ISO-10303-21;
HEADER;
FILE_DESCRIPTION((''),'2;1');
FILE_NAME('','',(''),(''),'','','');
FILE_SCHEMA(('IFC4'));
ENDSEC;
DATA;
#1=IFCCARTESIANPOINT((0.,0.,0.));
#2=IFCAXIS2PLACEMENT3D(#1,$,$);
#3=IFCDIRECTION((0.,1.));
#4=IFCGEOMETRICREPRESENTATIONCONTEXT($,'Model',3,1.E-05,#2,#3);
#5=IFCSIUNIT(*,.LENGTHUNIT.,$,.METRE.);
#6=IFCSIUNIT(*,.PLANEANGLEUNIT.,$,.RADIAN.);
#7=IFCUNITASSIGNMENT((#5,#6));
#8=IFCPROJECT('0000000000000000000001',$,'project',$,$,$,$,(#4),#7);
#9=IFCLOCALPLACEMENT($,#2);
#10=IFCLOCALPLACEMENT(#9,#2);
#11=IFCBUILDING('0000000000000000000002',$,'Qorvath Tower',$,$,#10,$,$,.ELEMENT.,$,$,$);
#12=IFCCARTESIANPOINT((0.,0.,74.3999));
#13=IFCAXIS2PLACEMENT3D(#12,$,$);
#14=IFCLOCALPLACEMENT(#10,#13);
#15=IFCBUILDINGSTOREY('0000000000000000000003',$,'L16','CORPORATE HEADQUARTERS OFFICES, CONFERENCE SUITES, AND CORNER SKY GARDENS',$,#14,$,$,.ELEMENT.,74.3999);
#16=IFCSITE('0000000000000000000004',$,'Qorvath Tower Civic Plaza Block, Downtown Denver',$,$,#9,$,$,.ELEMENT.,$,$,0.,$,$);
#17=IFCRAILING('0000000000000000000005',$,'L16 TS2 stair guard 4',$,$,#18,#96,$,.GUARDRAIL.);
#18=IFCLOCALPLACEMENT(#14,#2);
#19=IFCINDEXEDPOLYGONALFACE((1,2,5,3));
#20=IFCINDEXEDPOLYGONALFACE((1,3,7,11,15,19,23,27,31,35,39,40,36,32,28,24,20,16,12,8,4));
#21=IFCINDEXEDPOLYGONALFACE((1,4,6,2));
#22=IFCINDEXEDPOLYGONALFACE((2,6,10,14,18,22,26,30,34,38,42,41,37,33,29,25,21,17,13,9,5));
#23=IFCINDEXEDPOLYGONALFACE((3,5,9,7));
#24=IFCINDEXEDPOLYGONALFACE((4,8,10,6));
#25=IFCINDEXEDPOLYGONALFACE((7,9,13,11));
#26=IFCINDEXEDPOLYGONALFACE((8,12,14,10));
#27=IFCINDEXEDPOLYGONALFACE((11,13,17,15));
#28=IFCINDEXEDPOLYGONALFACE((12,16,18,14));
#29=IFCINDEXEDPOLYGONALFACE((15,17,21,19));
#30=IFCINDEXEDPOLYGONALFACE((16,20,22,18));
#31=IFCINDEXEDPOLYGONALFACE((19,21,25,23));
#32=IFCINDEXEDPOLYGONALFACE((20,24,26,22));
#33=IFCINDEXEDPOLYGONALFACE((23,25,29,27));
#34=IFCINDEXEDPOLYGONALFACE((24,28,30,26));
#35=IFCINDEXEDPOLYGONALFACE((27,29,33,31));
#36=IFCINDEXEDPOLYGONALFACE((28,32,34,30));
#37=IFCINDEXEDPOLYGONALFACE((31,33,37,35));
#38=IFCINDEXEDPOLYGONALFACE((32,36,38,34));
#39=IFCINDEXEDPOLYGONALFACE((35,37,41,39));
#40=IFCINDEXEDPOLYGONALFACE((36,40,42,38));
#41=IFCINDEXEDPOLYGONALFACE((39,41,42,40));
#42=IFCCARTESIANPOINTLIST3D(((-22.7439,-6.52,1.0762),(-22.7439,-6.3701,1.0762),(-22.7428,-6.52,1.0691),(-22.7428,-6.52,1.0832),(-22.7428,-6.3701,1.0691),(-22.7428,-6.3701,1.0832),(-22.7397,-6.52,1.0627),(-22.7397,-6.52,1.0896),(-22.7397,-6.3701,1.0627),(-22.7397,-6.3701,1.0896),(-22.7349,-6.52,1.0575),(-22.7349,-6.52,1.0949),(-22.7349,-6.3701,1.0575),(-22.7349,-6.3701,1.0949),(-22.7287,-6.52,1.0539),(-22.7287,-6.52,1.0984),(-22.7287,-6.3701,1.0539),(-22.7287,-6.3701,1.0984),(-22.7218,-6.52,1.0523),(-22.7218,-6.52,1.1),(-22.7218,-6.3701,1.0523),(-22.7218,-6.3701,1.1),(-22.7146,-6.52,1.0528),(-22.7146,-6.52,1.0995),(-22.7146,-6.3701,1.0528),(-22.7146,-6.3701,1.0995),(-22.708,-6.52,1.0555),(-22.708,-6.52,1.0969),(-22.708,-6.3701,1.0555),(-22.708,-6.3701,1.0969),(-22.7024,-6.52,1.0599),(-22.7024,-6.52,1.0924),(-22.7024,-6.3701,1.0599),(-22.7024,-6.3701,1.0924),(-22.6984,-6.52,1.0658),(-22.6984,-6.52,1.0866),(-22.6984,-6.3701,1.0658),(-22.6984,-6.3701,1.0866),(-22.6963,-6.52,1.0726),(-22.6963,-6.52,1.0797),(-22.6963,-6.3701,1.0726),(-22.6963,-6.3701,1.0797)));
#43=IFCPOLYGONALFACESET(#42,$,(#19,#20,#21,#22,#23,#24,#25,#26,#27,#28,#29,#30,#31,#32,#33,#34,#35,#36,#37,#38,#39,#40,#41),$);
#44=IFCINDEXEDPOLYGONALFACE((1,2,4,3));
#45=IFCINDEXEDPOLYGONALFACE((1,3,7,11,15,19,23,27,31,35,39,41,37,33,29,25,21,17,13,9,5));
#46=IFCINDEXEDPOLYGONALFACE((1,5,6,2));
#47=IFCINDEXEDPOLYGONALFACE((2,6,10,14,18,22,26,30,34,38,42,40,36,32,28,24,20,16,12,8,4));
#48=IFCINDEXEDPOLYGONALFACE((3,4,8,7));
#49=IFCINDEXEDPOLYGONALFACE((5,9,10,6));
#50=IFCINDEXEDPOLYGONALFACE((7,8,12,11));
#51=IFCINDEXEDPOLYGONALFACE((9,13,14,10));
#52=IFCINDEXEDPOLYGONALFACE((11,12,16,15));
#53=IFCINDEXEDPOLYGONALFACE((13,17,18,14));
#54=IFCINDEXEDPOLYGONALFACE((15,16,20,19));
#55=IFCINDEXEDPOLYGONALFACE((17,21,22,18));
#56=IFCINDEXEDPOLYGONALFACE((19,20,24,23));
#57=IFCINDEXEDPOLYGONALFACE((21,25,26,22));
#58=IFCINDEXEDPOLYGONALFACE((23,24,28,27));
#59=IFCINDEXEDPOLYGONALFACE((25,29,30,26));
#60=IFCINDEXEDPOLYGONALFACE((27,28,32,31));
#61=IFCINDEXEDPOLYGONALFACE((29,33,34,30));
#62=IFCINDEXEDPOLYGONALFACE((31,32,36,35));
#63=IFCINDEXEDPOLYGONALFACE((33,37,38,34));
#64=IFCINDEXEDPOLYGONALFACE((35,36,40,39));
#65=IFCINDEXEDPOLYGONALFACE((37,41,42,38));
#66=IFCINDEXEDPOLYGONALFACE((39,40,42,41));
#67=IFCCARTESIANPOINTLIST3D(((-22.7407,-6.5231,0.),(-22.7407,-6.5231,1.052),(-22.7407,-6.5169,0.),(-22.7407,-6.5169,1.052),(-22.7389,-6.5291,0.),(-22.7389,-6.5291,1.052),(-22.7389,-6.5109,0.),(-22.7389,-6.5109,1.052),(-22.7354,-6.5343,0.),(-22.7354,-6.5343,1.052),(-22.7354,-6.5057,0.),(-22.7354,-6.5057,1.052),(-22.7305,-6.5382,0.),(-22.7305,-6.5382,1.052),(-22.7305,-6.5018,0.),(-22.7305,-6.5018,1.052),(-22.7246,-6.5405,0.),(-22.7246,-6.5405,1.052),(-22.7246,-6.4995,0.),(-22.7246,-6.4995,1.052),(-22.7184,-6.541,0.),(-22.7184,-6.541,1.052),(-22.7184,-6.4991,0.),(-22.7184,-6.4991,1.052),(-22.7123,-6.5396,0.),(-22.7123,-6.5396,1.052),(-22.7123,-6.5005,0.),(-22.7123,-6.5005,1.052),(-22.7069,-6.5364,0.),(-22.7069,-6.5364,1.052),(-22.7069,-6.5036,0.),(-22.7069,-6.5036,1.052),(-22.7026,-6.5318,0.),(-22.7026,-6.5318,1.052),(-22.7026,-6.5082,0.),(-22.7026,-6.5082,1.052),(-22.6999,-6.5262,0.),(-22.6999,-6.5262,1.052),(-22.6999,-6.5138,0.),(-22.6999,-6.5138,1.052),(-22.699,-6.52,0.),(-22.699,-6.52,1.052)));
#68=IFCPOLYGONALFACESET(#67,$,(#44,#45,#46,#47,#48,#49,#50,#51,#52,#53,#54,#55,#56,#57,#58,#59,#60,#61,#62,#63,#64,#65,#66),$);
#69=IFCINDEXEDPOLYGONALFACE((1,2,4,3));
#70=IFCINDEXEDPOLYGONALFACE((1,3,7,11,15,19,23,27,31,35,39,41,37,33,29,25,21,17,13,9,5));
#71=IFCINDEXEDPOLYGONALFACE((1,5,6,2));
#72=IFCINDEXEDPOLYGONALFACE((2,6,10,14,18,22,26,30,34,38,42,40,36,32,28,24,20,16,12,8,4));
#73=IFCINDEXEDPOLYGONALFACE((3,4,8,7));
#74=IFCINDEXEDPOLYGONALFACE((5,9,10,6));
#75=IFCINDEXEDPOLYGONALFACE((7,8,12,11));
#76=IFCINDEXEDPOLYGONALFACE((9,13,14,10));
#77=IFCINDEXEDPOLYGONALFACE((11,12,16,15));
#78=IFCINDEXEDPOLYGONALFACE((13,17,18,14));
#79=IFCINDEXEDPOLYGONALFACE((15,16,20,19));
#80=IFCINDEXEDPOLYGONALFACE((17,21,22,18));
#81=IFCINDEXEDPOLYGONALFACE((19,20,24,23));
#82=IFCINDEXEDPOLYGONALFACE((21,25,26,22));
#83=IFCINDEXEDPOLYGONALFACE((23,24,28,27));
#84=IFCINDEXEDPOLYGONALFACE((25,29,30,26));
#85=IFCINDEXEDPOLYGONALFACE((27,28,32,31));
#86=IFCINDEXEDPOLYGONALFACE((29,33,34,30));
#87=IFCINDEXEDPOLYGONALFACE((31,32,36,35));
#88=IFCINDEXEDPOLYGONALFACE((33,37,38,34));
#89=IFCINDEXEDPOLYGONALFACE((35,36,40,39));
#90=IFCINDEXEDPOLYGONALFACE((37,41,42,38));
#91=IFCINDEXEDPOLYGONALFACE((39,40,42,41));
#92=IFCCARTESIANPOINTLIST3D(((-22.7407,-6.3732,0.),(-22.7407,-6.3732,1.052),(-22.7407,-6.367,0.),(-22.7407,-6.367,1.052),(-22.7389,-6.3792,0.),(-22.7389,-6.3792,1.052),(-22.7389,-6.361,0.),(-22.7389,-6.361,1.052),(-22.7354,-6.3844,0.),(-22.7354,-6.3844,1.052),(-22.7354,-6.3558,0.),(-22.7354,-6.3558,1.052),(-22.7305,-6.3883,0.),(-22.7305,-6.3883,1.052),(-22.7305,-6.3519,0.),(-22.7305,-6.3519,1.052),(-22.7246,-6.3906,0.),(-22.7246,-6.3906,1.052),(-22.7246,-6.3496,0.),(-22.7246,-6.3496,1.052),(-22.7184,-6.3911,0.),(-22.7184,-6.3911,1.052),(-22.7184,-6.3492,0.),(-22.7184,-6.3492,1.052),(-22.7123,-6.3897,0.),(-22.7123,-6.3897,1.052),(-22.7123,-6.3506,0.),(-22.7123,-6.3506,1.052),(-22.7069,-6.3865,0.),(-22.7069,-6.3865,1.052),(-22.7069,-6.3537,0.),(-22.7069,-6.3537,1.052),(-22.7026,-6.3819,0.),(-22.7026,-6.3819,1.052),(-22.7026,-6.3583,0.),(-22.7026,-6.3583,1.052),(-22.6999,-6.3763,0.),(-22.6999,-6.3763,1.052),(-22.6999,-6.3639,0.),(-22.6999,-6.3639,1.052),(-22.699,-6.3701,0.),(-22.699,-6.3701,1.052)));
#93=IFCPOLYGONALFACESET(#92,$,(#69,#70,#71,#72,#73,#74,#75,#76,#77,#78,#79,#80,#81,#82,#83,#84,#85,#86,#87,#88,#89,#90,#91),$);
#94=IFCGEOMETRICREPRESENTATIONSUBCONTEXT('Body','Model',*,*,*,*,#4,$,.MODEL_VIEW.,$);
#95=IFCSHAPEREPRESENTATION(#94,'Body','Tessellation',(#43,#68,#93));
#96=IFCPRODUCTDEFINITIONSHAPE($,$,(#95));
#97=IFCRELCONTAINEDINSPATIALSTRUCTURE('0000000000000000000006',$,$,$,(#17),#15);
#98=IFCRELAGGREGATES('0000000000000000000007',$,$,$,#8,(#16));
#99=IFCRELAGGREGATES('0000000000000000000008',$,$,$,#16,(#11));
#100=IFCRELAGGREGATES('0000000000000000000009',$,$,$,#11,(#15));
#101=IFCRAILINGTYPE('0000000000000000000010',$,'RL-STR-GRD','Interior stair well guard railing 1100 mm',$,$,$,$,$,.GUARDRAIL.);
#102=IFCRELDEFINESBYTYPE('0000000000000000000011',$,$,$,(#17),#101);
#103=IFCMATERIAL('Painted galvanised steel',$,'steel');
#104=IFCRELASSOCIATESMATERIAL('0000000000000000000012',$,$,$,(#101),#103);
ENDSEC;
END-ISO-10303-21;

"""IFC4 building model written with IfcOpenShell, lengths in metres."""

from ifc_helpers import new_model, si_unit, direction, frame, origin, origin_2d, place, context, subcontext, project, spatial, circle, extrude, material, type_object, element, save


model = new_model("IFC4")

# Units and contexts
model_context = context("Model", 3, precision=1e-05, world=origin(), true_north=direction((0.0, 1.0)))
body_context = subcontext(model_context, "Body", "Model", "MODEL_VIEW")
ifc_project = project(units=[si_unit("LENGTHUNIT", "METRE"), si_unit("PLANEANGLEUNIT", "RADIAN")], contexts=[model_context])

# Site, building, storey
site_placement = place(None, origin())
site = spatial("IfcSite", under=ifc_project, at=site_placement, Name="Qorvath Tower Civic Plaza Block, Downtown Denver", CompositionType="ELEMENT", RefElevation=0.0)
building_placement = place(site_placement, origin())
building = spatial("IfcBuilding", under=site, at=building_placement, Name="Qorvath Tower", CompositionType="ELEMENT")
storey_placement = place(building_placement, frame((0.0, 0.0, 74.3999)))
storey = spatial("IfcBuildingStorey", under=building, at=storey_placement, Name="L16", Description="CORPORATE HEADQUARTERS OFFICES, CONFERENCE SUITES, AND CORNER SKY GARDENS", CompositionType="ELEMENT", Elevation=74.3999)

# Railing
ifc_material_1 = material(Name="Painted galvanised steel", Category="steel")
railing_type_1 = type_object("IfcRailingType", Name="RL-STR-GRD", Description="Interior stair well guard railing 1100 mm", PredefinedType="GUARDRAIL", material=ifc_material_1)
railing_1_placement = place(storey_placement, frame((-22.72, -6.52, 0.0)))
element("IfcRailing", 1, at=railing_1_placement, inside=storey, type_object=railing_type_1, Name="L16 TS2 stair guard 4", PredefinedType="GUARDRAIL", context=body_context, shape_type="SweptSolid", body=[
    extrude(circle(Radius=0.0239, at=origin_2d()), frame((0.0, 0.0, 1.0762), z_axis=(0.0, 1.0, 0.0), x_axis=(-1.0, 0.0, 0.0)), (0.0, 0.0, 1.0), 0.1499),
    extrude(circle(Radius=0.021, at=origin_2d()), origin(), (0.0, 0.0, 1.0), 1.052),
    extrude(circle(Radius=0.021, at=origin_2d()), frame((0.0, 0.1499, 0.0)), (0.0, 0.0, 1.0), 1.052),
])

save(model, "model.ifc")
